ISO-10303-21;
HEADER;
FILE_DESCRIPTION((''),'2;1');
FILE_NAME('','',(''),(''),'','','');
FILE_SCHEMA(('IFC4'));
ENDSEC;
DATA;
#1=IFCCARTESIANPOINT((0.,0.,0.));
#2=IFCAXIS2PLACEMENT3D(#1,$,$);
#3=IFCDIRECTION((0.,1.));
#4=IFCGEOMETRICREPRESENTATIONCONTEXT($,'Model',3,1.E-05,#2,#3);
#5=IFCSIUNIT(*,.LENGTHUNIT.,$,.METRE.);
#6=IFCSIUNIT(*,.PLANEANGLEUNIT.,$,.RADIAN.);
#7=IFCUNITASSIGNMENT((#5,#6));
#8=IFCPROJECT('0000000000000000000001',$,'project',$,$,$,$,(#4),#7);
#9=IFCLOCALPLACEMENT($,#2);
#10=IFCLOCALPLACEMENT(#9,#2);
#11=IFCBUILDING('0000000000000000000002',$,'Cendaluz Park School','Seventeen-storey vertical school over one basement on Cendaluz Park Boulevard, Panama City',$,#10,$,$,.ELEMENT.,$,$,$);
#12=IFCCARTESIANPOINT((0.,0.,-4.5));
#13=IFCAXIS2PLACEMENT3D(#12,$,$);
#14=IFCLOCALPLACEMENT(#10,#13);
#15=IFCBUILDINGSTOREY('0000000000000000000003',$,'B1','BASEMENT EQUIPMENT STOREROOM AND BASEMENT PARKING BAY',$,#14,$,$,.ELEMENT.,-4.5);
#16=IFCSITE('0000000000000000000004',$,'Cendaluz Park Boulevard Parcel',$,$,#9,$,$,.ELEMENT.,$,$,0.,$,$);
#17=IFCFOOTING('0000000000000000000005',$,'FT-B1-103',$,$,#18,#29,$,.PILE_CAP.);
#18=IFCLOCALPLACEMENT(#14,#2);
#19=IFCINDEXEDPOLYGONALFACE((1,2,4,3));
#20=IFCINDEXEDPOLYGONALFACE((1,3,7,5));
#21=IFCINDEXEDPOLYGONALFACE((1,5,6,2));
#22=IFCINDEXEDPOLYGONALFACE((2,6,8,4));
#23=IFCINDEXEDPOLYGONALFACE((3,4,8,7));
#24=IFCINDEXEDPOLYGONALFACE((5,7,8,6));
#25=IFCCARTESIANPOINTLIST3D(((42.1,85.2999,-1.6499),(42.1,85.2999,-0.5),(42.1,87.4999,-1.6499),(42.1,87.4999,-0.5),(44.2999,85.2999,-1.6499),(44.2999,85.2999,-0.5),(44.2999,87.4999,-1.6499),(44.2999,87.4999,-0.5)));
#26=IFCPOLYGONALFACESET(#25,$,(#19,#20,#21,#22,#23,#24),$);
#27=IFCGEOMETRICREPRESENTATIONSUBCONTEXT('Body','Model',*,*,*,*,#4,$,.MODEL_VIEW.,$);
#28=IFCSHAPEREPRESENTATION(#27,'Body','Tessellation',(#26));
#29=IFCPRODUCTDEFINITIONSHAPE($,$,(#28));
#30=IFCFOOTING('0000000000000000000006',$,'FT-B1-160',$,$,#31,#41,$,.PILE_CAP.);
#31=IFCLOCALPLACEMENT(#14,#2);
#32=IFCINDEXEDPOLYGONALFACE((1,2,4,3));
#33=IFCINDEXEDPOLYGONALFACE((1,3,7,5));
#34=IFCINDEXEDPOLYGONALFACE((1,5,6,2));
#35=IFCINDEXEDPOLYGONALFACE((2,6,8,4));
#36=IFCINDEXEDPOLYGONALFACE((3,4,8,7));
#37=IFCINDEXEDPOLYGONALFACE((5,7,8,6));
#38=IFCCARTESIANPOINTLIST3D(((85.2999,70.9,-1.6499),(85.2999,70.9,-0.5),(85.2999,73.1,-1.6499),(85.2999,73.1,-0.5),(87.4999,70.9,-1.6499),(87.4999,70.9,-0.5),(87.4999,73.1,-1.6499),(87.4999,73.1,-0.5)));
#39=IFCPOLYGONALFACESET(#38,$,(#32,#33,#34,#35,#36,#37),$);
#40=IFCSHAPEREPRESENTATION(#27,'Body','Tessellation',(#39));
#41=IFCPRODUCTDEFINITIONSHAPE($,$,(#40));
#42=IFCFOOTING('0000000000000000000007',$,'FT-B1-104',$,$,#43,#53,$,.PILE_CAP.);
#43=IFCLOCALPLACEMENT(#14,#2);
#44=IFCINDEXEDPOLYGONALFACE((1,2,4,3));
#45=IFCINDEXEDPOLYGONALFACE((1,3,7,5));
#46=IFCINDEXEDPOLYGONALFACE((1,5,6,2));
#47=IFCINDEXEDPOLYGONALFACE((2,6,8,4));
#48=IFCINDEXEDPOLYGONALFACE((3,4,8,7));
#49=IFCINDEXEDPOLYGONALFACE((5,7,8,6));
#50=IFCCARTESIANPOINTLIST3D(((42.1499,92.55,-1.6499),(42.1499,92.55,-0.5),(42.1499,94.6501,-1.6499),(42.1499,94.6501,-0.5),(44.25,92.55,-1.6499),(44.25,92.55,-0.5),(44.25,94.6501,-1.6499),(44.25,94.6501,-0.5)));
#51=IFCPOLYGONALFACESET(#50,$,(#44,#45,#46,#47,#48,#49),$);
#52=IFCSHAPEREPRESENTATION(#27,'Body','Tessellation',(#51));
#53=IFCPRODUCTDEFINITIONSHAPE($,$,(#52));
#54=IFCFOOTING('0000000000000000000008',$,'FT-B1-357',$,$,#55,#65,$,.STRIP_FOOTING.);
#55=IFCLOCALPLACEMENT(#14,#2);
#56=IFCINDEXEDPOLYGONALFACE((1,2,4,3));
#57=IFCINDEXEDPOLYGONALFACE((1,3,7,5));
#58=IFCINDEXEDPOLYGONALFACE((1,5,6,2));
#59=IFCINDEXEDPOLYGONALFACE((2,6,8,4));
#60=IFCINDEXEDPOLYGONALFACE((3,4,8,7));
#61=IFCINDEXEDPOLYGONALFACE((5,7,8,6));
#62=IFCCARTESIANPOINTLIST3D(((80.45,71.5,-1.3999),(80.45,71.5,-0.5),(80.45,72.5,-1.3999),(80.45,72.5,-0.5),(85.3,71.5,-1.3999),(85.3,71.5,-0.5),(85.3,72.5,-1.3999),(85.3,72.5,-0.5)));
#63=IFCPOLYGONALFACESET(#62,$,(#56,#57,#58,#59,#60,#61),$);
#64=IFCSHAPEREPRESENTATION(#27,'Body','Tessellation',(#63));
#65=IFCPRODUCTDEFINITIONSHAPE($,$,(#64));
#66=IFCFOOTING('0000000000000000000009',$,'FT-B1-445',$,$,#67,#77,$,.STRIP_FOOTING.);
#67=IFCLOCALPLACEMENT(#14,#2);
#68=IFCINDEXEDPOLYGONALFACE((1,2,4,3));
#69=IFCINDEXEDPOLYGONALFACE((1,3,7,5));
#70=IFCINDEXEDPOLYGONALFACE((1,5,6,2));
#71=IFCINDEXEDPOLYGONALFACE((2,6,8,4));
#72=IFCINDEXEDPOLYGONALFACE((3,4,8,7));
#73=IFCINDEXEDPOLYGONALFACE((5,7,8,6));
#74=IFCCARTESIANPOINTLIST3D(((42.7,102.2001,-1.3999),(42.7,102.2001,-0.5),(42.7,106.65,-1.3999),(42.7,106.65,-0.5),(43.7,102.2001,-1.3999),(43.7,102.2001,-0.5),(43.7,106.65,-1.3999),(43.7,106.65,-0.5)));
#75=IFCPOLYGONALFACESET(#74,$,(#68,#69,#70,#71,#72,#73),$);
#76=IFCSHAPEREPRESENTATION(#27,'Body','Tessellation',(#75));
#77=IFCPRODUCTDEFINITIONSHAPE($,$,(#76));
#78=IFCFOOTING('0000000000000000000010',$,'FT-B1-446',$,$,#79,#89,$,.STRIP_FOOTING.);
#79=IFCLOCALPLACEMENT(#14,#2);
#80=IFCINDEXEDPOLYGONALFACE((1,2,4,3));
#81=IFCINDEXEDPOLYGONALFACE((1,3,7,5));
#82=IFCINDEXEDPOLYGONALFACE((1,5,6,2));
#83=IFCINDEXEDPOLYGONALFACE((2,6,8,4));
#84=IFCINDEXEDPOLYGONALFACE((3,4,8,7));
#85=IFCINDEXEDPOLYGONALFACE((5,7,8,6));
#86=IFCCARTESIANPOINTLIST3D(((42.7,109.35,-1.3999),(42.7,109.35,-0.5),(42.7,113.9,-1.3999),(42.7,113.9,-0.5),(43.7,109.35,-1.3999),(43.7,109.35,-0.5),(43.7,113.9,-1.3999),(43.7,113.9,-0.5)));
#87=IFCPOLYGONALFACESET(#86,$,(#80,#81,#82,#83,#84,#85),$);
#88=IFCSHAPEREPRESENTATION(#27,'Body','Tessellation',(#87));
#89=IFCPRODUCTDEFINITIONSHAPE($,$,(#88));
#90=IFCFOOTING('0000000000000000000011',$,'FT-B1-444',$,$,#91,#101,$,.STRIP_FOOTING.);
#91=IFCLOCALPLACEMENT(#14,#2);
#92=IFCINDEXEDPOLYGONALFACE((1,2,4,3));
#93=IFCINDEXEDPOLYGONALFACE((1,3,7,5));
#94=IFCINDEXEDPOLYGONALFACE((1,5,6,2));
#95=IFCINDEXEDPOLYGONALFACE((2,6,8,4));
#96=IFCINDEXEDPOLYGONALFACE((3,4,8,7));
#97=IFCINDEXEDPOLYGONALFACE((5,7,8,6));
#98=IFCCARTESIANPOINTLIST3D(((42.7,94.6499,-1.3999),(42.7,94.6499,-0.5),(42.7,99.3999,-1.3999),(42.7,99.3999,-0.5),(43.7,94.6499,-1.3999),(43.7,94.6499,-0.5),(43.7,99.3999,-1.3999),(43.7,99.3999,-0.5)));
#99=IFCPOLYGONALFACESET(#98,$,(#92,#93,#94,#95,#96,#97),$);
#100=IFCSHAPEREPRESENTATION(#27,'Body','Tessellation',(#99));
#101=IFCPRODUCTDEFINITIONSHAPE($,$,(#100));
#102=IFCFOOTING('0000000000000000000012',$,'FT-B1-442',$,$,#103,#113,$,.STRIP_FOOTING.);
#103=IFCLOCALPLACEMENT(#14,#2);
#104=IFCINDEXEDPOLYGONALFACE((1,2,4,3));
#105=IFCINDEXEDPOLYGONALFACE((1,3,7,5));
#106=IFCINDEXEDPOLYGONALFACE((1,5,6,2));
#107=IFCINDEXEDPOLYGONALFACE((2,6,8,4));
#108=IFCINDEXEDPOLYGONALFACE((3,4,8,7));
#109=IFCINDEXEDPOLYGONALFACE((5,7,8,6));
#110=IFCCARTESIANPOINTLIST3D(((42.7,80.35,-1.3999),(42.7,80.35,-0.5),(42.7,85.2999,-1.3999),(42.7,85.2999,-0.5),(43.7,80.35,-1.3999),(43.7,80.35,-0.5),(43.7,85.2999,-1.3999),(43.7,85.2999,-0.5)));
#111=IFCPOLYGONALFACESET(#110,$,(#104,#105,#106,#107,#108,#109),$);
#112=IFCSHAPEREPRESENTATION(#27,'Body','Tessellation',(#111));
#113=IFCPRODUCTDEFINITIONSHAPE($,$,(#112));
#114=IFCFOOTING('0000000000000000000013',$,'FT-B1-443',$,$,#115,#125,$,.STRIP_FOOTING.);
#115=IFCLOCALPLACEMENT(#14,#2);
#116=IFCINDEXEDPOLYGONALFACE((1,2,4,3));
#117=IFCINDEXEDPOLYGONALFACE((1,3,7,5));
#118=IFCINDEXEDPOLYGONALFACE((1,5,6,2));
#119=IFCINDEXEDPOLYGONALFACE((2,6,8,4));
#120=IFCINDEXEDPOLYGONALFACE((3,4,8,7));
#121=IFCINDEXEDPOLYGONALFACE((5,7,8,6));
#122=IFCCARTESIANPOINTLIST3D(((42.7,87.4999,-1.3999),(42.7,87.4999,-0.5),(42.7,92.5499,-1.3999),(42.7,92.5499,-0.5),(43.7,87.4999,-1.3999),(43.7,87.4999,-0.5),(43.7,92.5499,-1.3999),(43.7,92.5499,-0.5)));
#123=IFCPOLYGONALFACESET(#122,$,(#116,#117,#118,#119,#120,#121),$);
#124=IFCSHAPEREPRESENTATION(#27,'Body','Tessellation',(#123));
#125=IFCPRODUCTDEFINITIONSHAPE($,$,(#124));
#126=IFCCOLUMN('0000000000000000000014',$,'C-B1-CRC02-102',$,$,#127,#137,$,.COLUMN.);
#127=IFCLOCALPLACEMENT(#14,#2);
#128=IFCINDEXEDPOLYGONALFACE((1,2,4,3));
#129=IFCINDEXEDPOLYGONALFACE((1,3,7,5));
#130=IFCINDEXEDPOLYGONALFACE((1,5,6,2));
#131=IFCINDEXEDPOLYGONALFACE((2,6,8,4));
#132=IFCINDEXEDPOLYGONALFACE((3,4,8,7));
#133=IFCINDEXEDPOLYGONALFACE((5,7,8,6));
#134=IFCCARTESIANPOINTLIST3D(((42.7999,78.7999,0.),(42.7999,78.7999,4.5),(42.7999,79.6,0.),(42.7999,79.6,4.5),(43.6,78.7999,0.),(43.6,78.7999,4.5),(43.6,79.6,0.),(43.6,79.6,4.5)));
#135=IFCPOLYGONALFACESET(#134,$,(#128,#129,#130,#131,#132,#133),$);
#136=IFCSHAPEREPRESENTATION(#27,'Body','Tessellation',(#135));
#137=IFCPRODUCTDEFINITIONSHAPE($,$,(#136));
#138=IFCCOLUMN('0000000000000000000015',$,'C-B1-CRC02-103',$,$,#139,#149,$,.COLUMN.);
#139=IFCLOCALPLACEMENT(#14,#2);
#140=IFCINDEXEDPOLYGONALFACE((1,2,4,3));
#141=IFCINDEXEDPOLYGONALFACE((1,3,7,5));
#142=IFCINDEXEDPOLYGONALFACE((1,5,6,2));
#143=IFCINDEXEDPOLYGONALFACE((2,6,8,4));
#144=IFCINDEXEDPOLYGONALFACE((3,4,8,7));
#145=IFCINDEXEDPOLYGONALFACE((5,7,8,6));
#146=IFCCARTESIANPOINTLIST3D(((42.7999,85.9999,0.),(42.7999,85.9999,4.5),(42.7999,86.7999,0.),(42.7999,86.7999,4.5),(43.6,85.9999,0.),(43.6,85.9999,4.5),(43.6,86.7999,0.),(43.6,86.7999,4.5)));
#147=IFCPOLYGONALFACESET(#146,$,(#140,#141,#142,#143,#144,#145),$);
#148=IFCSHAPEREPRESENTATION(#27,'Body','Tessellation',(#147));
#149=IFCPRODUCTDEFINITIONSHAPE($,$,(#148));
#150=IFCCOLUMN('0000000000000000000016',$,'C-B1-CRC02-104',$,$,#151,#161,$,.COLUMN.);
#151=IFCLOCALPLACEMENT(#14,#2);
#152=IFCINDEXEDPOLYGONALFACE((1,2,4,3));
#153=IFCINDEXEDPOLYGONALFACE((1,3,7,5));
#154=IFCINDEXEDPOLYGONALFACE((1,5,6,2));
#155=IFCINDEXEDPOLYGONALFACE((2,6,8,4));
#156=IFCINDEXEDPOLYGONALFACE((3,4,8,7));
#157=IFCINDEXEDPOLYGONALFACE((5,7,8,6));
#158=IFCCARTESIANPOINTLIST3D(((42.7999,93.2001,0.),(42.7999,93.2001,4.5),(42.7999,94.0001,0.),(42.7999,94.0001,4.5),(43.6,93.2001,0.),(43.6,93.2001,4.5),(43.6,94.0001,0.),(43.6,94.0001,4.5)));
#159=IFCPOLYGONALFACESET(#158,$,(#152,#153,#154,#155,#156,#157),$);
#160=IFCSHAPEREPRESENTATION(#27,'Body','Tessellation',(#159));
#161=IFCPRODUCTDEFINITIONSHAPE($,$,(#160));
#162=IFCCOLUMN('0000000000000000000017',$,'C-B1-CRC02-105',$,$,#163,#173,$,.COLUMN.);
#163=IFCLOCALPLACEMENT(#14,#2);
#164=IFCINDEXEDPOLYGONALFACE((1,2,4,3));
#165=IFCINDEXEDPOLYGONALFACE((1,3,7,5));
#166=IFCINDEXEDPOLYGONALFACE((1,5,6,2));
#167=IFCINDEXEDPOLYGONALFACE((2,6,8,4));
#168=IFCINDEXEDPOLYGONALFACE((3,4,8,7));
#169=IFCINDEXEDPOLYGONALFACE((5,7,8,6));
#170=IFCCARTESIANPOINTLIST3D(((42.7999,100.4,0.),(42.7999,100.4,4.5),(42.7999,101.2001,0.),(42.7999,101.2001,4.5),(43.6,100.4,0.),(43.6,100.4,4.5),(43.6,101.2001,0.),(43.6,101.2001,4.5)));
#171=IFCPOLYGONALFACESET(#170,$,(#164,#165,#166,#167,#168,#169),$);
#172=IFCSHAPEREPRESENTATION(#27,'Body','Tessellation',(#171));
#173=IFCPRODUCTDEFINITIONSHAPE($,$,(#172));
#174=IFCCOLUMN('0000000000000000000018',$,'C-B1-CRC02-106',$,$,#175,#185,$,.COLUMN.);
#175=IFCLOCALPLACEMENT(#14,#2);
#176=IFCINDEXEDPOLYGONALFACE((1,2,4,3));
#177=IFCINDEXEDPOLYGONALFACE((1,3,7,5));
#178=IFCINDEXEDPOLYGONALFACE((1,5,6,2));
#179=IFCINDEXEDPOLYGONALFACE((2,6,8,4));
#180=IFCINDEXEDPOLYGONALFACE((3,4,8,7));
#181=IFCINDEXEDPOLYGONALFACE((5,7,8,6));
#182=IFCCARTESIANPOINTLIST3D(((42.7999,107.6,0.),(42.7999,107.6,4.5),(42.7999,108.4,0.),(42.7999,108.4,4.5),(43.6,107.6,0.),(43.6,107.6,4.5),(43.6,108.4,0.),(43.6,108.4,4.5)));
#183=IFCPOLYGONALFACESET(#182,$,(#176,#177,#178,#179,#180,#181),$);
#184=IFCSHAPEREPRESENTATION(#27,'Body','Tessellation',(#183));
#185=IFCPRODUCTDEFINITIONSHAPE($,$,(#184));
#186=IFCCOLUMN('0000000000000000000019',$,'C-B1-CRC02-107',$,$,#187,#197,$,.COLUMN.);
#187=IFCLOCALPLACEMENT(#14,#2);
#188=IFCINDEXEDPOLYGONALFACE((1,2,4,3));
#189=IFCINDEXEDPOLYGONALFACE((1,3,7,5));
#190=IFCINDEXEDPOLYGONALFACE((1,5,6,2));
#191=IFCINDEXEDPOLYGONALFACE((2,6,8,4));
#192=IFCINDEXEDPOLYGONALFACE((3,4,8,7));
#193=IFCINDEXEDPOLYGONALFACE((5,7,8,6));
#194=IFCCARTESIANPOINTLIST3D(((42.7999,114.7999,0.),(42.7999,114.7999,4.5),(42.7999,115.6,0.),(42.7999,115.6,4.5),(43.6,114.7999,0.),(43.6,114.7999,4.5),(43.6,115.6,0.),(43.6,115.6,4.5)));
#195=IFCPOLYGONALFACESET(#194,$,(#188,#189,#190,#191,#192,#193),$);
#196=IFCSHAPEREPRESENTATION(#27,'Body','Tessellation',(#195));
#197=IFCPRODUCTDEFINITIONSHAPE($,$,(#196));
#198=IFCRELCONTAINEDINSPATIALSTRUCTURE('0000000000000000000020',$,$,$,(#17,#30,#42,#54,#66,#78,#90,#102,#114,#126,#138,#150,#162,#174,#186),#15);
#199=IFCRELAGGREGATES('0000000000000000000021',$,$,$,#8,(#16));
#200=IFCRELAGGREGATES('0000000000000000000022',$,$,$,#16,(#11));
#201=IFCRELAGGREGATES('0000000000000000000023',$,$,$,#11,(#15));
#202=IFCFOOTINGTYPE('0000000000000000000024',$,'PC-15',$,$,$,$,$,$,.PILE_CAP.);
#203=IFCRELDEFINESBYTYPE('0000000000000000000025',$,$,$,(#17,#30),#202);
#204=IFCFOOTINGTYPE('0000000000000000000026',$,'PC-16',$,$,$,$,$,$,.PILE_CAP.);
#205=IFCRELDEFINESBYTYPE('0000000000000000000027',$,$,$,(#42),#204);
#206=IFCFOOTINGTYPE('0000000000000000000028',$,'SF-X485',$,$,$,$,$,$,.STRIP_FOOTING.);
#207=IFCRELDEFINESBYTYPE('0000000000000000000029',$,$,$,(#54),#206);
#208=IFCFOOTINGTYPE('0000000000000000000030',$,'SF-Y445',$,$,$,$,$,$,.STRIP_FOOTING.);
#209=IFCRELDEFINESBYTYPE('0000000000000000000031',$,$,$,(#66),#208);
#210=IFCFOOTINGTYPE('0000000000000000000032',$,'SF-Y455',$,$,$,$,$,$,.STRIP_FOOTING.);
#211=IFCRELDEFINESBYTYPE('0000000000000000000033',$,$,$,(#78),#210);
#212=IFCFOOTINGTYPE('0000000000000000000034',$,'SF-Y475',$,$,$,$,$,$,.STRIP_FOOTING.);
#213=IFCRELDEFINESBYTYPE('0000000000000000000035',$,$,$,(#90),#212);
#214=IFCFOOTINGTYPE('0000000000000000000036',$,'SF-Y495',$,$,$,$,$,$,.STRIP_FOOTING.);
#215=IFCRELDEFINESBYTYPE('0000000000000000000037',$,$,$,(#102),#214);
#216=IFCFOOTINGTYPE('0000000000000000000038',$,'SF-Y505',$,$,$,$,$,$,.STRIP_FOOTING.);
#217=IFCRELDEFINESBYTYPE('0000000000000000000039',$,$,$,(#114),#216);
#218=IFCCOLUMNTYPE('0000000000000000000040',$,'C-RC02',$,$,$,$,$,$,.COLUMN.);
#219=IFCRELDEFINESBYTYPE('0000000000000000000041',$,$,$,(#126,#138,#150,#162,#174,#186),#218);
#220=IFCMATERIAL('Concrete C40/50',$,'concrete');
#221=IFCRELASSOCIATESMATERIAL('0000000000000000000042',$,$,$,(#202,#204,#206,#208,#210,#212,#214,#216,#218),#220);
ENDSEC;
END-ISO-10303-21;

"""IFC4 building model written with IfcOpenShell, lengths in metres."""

from ifc_helpers import new_model, si_unit, direction, frame, origin, origin_2d, place, context, subcontext, project, spatial, rectangle, extrude, material, material_profile, profile_set, type_object, element, save


model = new_model("IFC4")

# Units and contexts
model_context = context("Model", 3, precision=1e-05, world=origin(), true_north=direction((0.0, 1.0)))
body_context = subcontext(model_context, "Body", "Model", "MODEL_VIEW")
ifc_project = project(units=[si_unit("LENGTHUNIT", "METRE"), si_unit("PLANEANGLEUNIT", "RADIAN")], contexts=[model_context])

# Site, building, storey
site_placement = place(None, origin())
site = spatial("IfcSite", under=ifc_project, at=site_placement, Name="Cendaluz Park Boulevard Parcel", CompositionType="ELEMENT", RefElevation=0.0)
building_placement = place(site_placement, origin())
building = spatial("IfcBuilding", under=site, at=building_placement, Name="Cendaluz Park School", Description="Seventeen-storey vertical school over one basement on Cendaluz Park Boulevard, Panama City", CompositionType="ELEMENT")
storey_placement = place(building_placement, frame((0.0, 0.0, -4.5)))
storey = spatial("IfcBuildingStorey", under=building, at=storey_placement, Name="B1", Description="BASEMENT EQUIPMENT STOREROOM AND BASEMENT PARKING BAY", CompositionType="ELEMENT", Elevation=-4.5)

# Shared definitions
ifc_material = material(Name="Concrete C40/50", Category="concrete")

# Footings
footing_type_1 = type_object("IfcFootingType", Name="PC-15", PredefinedType="PILE_CAP", material=ifc_material)
for number, where, z_axis, x_axis, name in (
    (1, (43.2, 86.3999, -1.6499), (0.0, 0.0, 1.0), (1.0, 0.0, 0.0), "FT-B1-103"),
    (2, (86.3999, 72.0, -1.6499), (0.0, 0.0, 1.0), (1.0, 0.0, 0.0), "FT-B1-160"),
):
    element("IfcFooting", number, at=place(storey_placement, frame(where, z_axis=z_axis, x_axis=x_axis)), inside=storey, type_object=footing_type_1, Name=name, PredefinedType="PILE_CAP", context=body_context, shape_type="SweptSolid", body=[
        extrude(rectangle(XDim=2.2, YDim=2.2, at=origin_2d()), origin(), (0.0, 0.0, 1.0), 1.1499),
    ])
footing_type_2 = type_object("IfcFootingType", Name="PC-16", PredefinedType="PILE_CAP", material=ifc_material)
footing_1_placement = place(storey_placement, frame((43.2, 93.6001, -1.6499), z_axis=(0.0, 0.0, 1.0), x_axis=(1.0, 0.0, 0.0)))
element("IfcFooting", 3, at=footing_1_placement, inside=storey, type_object=footing_type_2, Name="FT-B1-104", PredefinedType="PILE_CAP", context=body_context, shape_type="SweptSolid", body=[
    extrude(rectangle(XDim=2.1001, YDim=2.1001, at=origin_2d()), origin(), (0.0, 0.0, 1.0), 1.1499),
])
footing_type_3 = type_object("IfcFootingType", Name="SF-X485", PredefinedType="STRIP_FOOTING", material=ifc_material)
footing_2_placement = place(storey_placement, frame((82.875, 72.0, -1.3999), z_axis=(0.0, 0.0, 1.0), x_axis=(1.0, 0.0, 0.0)))
element("IfcFooting", 4, at=footing_2_placement, inside=storey, type_object=footing_type_3, Name="FT-B1-357", PredefinedType="STRIP_FOOTING", context=body_context, shape_type="SweptSolid", body=[
    extrude(rectangle(XDim=4.8501, YDim=1.0, at=origin_2d()), origin(), (0.0, 0.0, 1.0), 0.8999),
])
footing_type_4 = type_object("IfcFootingType", Name="SF-Y445", PredefinedType="STRIP_FOOTING", material=ifc_material)
footing_3_placement = place(storey_placement, frame((43.2, 104.425, -1.3999), z_axis=(0.0, 0.0, 1.0), x_axis=(1.0, 0.0, 0.0)))
element("IfcFooting", 5, at=footing_3_placement, inside=storey, type_object=footing_type_4, Name="FT-B1-445", PredefinedType="STRIP_FOOTING", context=body_context, shape_type="SweptSolid", body=[
    extrude(rectangle(XDim=1.0, YDim=4.45, at=origin_2d()), origin(), (0.0, 0.0, 1.0), 0.8999),
])
footing_type_5 = type_object("IfcFootingType", Name="SF-Y455", PredefinedType="STRIP_FOOTING", material=ifc_material)
footing_4_placement = place(storey_placement, frame((43.2, 111.625, -1.3999), z_axis=(0.0, 0.0, 1.0), x_axis=(1.0, 0.0, 0.0)))
element("IfcFooting", 6, at=footing_4_placement, inside=storey, type_object=footing_type_5, Name="FT-B1-446", PredefinedType="STRIP_FOOTING", context=body_context, shape_type="SweptSolid", body=[
    extrude(rectangle(XDim=1.0, YDim=4.55, at=origin_2d()), origin(), (0.0, 0.0, 1.0), 0.8999),
])
footing_type_6 = type_object("IfcFootingType", Name="SF-Y475", PredefinedType="STRIP_FOOTING", material=ifc_material)
footing_5_placement = place(storey_placement, frame((43.2, 97.0249, -1.3999), z_axis=(0.0, 0.0, 1.0), x_axis=(1.0, 0.0, 0.0)))
element("IfcFooting", 7, at=footing_5_placement, inside=storey, type_object=footing_type_6, Name="FT-B1-444", PredefinedType="STRIP_FOOTING", context=body_context, shape_type="SweptSolid", body=[
    extrude(rectangle(XDim=1.0, YDim=4.75, at=origin_2d()), origin(), (0.0, 0.0, 1.0), 0.8999),
])
footing_type_7 = type_object("IfcFootingType", Name="SF-Y495", PredefinedType="STRIP_FOOTING", material=ifc_material)
footing_6_placement = place(storey_placement, frame((43.2, 82.825, -1.3999), z_axis=(0.0, 0.0, 1.0), x_axis=(1.0, 0.0, 0.0)))
element("IfcFooting", 8, at=footing_6_placement, inside=storey, type_object=footing_type_7, Name="FT-B1-442", PredefinedType="STRIP_FOOTING", context=body_context, shape_type="SweptSolid", body=[
    extrude(rectangle(XDim=1.0, YDim=4.95, at=origin_2d()), origin(), (0.0, 0.0, 1.0), 0.8999),
])
footing_type_8 = type_object("IfcFootingType", Name="SF-Y505", PredefinedType="STRIP_FOOTING", material=ifc_material)
footing_7_placement = place(storey_placement, frame((43.2, 90.0249, -1.3999), z_axis=(0.0, 0.0, 1.0), x_axis=(1.0, 0.0, 0.0)))
element("IfcFooting", 9, at=footing_7_placement, inside=storey, type_object=footing_type_8, Name="FT-B1-443", PredefinedType="STRIP_FOOTING", context=body_context, shape_type="SweptSolid", body=[
    extrude(rectangle(XDim=1.0, YDim=5.05, at=origin_2d()), origin(), (0.0, 0.0, 1.0), 0.8999),
])

# Columns
ifc_material_profile_1 = material_profile(ifc_material, rectangle(XDim=0.8, YDim=0.8, at=origin_2d()), Name="RC 800x800", Category="concrete")
ifc_profile_set_1 = profile_set([ifc_material_profile_1], Name="Concrete C40/50")
column_type = type_object("IfcColumnType", Name="C-RC02", PredefinedType="COLUMN", material=ifc_profile_set_1)
for number, where, z_axis, x_axis, name in (
    (10, (43.2, 79.2, 0.0), (0.0, 0.0, 1.0), (1.0, 0.0, 0.0), "C-B1-CRC02-102"),
    (11, (43.2, 86.3999, 0.0), (0.0, 0.0, 1.0), (1.0, 0.0, 0.0), "C-B1-CRC02-103"),
    (12, (43.2, 93.6001, 0.0), (0.0, 0.0, 1.0), (1.0, 0.0, 0.0), "C-B1-CRC02-104"),
    (13, (43.2, 100.8, 0.0), (0.0, 0.0, 1.0), (1.0, 0.0, 0.0), "C-B1-CRC02-105"),
    (14, (43.2, 108.0, 0.0), (0.0, 0.0, 1.0), (1.0, 0.0, 0.0), "C-B1-CRC02-106"),
    (15, (43.2, 115.2, 0.0), (0.0, 0.0, 1.0), (1.0, 0.0, 0.0), "C-B1-CRC02-107"),
):
    element("IfcColumn", number, at=place(storey_placement, frame(where, z_axis=z_axis, x_axis=x_axis)), inside=storey, type_object=column_type, Name=name, PredefinedType="COLUMN", context=body_context, shape_type="SweptSolid", body=[
        extrude(rectangle(XDim=0.8, YDim=0.8, at=origin_2d()), origin(), (0.0, 0.0, 1.0), 4.5),
    ])

save(model, "model.ifc")
